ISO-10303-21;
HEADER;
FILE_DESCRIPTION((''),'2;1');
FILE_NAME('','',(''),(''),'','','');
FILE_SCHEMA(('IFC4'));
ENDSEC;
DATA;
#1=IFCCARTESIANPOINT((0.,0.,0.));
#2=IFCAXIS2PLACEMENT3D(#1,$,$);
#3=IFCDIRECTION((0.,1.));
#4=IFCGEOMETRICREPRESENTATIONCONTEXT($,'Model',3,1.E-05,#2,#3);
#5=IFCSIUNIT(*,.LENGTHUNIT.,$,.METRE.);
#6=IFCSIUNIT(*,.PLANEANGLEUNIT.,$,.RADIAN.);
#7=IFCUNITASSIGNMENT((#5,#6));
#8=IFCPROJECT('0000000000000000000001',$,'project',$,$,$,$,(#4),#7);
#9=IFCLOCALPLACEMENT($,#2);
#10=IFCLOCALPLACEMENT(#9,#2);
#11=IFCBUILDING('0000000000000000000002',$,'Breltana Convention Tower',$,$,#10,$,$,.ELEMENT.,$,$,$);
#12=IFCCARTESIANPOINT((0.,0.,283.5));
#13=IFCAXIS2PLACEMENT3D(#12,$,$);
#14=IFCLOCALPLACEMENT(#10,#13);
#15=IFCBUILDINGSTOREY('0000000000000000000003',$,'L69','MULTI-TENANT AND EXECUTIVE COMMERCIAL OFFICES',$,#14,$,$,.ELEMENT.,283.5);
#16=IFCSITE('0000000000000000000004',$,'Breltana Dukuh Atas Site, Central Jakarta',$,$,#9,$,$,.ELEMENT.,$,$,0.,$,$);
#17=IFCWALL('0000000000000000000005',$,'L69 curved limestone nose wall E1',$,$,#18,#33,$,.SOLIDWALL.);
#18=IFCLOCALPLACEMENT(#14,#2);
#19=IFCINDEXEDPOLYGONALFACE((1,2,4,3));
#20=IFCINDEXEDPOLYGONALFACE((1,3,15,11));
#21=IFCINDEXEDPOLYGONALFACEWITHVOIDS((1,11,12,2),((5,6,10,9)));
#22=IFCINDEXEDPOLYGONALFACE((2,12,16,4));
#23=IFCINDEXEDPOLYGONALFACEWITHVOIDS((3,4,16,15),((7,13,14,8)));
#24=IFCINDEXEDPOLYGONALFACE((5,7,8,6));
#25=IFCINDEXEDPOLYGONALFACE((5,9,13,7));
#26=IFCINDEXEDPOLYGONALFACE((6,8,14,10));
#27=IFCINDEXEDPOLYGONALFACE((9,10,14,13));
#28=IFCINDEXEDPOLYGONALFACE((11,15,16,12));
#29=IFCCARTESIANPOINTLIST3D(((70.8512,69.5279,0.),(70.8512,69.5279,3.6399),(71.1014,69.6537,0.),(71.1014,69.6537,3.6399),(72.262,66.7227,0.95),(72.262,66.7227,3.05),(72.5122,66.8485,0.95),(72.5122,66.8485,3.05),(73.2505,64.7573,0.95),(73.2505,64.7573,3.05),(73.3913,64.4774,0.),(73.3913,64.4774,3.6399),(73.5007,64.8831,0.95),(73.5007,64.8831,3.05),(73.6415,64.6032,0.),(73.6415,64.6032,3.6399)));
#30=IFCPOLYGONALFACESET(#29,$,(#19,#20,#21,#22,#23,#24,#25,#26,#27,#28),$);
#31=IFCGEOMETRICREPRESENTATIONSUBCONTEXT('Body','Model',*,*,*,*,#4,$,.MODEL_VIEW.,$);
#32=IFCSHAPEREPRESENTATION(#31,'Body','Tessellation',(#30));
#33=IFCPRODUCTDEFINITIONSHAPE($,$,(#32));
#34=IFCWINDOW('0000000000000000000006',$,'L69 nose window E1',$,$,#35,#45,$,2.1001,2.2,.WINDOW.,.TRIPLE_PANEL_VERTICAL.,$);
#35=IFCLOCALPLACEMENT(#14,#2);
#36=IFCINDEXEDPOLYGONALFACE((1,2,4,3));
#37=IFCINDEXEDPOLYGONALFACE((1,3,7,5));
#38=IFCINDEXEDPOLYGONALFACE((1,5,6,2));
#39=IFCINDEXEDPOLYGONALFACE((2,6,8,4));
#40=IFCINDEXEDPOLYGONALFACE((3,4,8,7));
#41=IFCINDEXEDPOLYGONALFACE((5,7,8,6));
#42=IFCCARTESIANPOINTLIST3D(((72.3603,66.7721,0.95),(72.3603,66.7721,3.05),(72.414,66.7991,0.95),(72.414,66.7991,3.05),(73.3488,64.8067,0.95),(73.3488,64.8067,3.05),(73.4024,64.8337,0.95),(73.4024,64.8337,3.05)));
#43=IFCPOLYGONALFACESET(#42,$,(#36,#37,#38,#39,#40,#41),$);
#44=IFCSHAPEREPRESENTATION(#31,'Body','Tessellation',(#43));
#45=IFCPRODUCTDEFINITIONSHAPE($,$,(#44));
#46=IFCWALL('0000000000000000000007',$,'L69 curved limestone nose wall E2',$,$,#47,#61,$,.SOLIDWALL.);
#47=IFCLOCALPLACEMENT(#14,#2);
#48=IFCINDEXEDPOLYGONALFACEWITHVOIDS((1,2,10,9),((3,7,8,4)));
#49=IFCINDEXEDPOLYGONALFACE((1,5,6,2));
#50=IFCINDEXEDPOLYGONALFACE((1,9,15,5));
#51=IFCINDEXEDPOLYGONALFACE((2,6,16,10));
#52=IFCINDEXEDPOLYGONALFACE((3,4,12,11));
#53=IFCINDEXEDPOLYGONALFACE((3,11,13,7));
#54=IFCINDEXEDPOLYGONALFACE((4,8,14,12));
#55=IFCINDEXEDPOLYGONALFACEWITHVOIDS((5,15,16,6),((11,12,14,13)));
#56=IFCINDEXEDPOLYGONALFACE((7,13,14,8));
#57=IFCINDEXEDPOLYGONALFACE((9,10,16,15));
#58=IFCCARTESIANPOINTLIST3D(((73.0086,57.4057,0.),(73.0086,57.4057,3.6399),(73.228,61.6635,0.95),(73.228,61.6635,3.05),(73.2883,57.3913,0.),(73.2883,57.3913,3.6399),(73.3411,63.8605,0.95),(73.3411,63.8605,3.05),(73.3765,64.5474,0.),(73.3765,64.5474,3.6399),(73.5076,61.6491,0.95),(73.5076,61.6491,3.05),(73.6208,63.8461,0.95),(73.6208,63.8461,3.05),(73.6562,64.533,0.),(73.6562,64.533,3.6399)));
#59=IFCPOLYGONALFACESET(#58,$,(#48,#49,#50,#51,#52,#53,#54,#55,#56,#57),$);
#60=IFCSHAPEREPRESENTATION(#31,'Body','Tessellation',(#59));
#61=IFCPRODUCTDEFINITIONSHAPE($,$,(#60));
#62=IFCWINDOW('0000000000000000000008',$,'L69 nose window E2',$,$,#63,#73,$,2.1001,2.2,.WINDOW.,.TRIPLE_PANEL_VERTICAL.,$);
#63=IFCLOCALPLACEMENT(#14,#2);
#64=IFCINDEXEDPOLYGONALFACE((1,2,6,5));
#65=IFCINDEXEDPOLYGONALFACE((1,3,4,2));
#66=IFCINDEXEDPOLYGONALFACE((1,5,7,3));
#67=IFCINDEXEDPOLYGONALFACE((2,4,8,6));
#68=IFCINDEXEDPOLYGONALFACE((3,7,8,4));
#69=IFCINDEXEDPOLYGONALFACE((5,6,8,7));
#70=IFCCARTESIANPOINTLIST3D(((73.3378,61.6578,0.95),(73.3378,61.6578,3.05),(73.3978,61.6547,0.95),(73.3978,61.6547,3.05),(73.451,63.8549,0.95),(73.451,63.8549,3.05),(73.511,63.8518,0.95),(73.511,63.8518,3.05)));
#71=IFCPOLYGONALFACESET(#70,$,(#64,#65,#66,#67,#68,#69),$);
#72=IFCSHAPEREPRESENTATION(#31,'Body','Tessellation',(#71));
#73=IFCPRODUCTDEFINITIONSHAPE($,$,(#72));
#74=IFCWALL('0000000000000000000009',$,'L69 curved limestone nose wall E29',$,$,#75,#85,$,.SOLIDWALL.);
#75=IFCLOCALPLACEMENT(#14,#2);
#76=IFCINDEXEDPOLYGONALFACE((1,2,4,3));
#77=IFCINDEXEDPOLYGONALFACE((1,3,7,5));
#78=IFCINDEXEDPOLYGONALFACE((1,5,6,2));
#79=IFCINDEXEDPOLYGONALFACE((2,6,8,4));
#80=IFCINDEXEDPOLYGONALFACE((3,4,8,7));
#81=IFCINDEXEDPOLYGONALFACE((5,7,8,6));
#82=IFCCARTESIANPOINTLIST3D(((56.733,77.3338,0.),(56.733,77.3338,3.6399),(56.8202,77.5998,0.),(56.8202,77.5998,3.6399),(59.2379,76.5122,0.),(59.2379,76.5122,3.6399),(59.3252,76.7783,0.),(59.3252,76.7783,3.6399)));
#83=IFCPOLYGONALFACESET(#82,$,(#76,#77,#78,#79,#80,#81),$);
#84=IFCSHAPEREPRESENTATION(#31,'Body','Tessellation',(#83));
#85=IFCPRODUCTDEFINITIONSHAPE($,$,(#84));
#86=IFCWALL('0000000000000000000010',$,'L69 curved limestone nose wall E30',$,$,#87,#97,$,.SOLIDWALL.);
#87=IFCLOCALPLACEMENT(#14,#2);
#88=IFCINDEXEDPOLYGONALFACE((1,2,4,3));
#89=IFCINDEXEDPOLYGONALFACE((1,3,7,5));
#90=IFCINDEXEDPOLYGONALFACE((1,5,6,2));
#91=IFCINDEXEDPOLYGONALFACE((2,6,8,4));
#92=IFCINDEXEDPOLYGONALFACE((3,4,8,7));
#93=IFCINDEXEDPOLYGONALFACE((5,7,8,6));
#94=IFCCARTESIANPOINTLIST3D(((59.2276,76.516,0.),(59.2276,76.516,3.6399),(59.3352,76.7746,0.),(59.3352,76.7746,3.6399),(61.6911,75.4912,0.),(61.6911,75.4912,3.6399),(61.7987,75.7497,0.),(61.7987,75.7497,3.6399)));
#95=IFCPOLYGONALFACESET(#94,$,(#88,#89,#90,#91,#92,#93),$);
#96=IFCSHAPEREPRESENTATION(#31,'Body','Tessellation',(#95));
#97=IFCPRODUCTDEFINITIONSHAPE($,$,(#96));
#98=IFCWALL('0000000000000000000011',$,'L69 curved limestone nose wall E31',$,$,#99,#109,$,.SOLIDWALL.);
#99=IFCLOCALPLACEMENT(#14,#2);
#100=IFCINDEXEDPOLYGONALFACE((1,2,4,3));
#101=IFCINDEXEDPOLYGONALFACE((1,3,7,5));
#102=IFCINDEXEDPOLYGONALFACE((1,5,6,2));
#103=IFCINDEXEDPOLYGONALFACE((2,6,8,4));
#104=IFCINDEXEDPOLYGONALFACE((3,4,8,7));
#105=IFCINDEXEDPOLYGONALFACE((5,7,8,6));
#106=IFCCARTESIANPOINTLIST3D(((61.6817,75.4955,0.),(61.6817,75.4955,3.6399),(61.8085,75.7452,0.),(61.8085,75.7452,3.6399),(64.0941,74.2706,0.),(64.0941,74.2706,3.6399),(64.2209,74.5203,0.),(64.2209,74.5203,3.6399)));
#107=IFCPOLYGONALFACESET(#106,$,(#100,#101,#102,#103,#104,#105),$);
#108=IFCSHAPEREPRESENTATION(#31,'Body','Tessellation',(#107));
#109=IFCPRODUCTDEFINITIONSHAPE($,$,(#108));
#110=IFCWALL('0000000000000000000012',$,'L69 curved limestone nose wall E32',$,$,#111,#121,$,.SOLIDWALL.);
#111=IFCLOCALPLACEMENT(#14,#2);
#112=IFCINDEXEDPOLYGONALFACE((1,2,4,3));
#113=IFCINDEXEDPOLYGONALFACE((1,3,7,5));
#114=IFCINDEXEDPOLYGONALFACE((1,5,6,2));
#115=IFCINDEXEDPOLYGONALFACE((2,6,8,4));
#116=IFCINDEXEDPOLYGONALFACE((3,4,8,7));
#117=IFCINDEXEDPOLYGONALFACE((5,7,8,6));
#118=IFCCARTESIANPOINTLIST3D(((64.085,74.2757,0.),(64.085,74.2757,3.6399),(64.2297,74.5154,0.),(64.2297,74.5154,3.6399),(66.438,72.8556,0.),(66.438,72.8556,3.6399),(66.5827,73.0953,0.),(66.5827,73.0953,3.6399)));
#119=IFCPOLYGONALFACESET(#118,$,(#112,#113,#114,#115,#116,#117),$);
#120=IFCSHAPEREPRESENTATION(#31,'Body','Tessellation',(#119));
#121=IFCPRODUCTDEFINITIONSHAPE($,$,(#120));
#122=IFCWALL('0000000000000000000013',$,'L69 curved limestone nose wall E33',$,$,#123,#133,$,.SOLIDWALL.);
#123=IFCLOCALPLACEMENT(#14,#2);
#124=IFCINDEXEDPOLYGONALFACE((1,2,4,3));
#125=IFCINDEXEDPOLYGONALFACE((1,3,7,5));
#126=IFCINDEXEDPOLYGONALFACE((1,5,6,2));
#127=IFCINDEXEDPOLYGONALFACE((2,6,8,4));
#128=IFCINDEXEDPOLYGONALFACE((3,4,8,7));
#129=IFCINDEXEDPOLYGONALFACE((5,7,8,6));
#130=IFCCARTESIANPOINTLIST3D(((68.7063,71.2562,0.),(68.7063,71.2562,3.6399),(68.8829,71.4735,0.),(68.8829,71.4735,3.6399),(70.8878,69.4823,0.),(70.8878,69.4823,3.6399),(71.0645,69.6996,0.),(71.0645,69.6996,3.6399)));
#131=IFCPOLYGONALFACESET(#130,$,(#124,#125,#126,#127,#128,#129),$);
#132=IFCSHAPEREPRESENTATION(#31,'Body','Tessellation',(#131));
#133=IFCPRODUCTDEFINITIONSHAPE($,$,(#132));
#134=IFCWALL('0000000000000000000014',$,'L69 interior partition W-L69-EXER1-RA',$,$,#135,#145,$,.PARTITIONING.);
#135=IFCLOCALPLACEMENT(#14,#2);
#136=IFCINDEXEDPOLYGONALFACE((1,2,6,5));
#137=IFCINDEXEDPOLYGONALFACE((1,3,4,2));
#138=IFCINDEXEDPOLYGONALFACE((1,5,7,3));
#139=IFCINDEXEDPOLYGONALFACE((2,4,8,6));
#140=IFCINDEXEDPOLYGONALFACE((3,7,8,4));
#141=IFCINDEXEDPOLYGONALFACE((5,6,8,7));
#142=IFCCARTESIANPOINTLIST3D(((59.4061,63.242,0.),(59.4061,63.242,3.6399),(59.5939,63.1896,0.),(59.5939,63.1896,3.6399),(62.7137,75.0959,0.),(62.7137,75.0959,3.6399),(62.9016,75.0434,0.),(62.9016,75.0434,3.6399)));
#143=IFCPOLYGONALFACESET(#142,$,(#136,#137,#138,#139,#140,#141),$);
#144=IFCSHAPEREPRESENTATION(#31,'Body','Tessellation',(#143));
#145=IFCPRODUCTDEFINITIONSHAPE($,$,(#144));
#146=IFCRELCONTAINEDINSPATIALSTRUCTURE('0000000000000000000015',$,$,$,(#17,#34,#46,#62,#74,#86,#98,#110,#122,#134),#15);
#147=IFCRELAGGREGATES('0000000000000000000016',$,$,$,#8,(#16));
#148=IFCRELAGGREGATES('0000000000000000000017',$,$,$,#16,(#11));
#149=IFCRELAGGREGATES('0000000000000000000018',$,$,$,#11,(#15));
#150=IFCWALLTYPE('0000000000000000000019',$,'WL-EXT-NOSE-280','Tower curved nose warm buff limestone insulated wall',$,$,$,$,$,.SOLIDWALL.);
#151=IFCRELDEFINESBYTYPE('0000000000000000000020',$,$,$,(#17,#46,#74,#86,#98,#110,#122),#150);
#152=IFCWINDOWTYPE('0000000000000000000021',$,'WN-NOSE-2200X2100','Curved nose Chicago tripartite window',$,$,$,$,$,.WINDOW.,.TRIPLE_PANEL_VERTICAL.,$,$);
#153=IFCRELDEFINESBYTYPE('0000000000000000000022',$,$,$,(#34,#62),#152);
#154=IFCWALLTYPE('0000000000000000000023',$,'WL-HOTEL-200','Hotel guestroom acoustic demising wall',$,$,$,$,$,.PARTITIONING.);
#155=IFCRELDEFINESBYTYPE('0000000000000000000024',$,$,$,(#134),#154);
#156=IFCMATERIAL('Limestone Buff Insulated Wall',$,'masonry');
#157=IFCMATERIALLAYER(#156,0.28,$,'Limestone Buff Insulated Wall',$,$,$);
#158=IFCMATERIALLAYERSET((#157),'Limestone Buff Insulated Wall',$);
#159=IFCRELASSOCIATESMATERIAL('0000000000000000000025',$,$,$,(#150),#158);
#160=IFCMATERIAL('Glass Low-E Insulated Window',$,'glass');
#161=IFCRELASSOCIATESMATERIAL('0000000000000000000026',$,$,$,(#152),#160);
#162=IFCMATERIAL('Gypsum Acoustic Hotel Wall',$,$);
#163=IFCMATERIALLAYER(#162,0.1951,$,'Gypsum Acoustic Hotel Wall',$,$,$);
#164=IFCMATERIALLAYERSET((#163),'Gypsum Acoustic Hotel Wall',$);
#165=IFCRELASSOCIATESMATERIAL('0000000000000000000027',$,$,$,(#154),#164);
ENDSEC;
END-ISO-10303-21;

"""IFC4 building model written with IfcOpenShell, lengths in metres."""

from ifc_helpers import new_model, si_unit, direction, frame, frame_2d, origin, place, context, subcontext, project, spatial, rectangle, extrude, source, transform, mapped, material, layer, layer_set, type_object, type_shapes, element, fill, save


model = new_model("IFC4")

# Units and contexts
model_context = context("Model", 3, precision=1e-05, world=origin(), true_north=direction((0.0, 1.0)))
body_context = subcontext(model_context, "Body", "Model", "MODEL_VIEW")
ifc_project = project(units=[si_unit("LENGTHUNIT", "METRE"), si_unit("PLANEANGLEUNIT", "RADIAN")], contexts=[model_context])

# Site, building, storey
site_placement = place(None, origin())
site = spatial("IfcSite", under=ifc_project, at=site_placement, Name="Breltana Dukuh Atas Site, Central Jakarta", CompositionType="ELEMENT", RefElevation=0.0)
building_placement = place(site_placement, origin())
building = spatial("IfcBuilding", under=site, at=building_placement, Name="Breltana Convention Tower", CompositionType="ELEMENT")
storey_placement = place(building_placement, frame((0.0, 0.0, 283.5)))
storey = spatial("IfcBuildingStorey", under=building, at=storey_placement, Name="L69", Description="MULTI-TENANT AND EXECUTIVE COMMERCIAL OFFICES", CompositionType="ELEMENT", Elevation=283.5)

# Walls, openings, windows
ifc_material_1 = material(Name="Limestone Buff Insulated Wall", Category="masonry")
ifc_layer_1 = layer(ifc_material_1, 0.28, Name="Limestone Buff Insulated Wall")
ifc_layer_set_1 = layer_set([ifc_layer_1], Name="Limestone Buff Insulated Wall")
wall_type_1 = type_object("IfcWallType", Name="WL-EXT-NOSE-280", Description="Tower curved nose warm buff limestone insulated wall", PredefinedType="SOLIDWALL", material=ifc_layer_set_1)
shared_shape_1 = source(origin(), body_context, "Body", "SweptSolid", [
    extrude(rectangle(XDim=5.6533, YDim=0.28, at=frame_2d((2.8267, 0.0))), origin(), (0.0, 0.0, 1.0), 3.6399),
])
wall_1_placement = place(storey_placement, frame((70.9763, 69.5908, 0.0), z_axis=(0.0, 0.0, 1.0), x_axis=(0.449303, -0.89338, 0.0)))
wall_1 = element("IfcWall", 1, at=wall_1_placement, inside=storey, type_object=wall_type_1, Name="L69 curved limestone nose wall E1", PredefinedType="SOLIDWALL", context=body_context, shape_type="MappedRepresentation", body=[
    mapped(shared_shape_1, transform((0.0, 0.0, 0.0), scale=1.0)),
])
opening_1_placement = place(wall_1_placement, frame((3.1399, 0.0, 0.95)))
opening_1 = element("IfcOpeningElement", 2, at=opening_1_placement, cuts=wall_1, PredefinedType="OPENING", context=body_context, shape_type="SweptSolid", body=[
    extrude(rectangle(XDim=2.2, YDim=2.1001, at=frame_2d((1.1001, 1.05))), frame((0.0, 0.1499, 0.0), z_axis=(0.0, -1.0, 0.0), x_axis=(1.0, 0.0, 0.0)), (0.0, 0.0, 1.0), 0.3),
])
ifc_material_2 = material(Name="Glass Low-E Insulated Window", Category="glass")
window_type = type_object("IfcWindowType", Name="WN-NOSE-2200X2100", Description="Curved nose Chicago tripartite window", PartitioningType="TRIPLE_PANEL_VERTICAL", PredefinedType="WINDOW", material=ifc_material_2)
shared_shape_2 = source(origin(), body_context, "Body", "SweptSolid", [
    extrude(rectangle(XDim=2.2, YDim=2.1001, at=frame_2d((1.1001, 1.05))), frame((0.0, 0.03, 0.0), z_axis=(0.0, -1.0, 0.0), x_axis=(1.0, 0.0, 0.0)), (0.0, 0.0, 1.0), 0.0601),
])
type_shapes(window_type, [shared_shape_2])
window_1_placement = place(opening_1_placement, origin())
window_1 = element("IfcWindow", 3, at=window_1_placement, inside=storey, type_object=window_type, Name="L69 nose window E1", OverallHeight=2.1001, OverallWidth=2.2, PartitioningType="TRIPLE_PANEL_VERTICAL", PredefinedType="WINDOW", context=body_context, shape_type="MappedRepresentation", body=[
    mapped(shared_shape_2, transform((0.0, 0.0, 0.0), scale=1.0)),
])
fill(opening_1, window_1)
shared_shape_3 = source(origin(), body_context, "Body", "SweptSolid", [
    extrude(rectangle(XDim=7.1511, YDim=0.28, at=frame_2d((3.5757, 0.0))), origin(), (0.0, 0.0, 1.0), 3.6399),
])
wall_2_placement = place(storey_placement, frame((73.5164, 64.5403, 0.0), z_axis=(0.0, 0.0, 1.0), x_axis=(-0.05145, -0.998676, 0.0)))
wall_2 = element("IfcWall", 4, at=wall_2_placement, inside=storey, type_object=wall_type_1, Name="L69 curved limestone nose wall E2", PredefinedType="SOLIDWALL", context=body_context, shape_type="MappedRepresentation", body=[
    mapped(shared_shape_3, transform((0.0, 0.0, 0.0), scale=1.0)),
])
opening_2_placement = place(wall_2_placement, frame((0.6877, 0.0, 0.95)))
opening_2 = element("IfcOpeningElement", 5, at=opening_2_placement, cuts=wall_2, PredefinedType="OPENING", context=body_context, shape_type="SweptSolid", body=[
    extrude(rectangle(XDim=2.2, YDim=2.1001, at=frame_2d((1.1001, 1.05))), frame((0.0, 0.1499, 0.0), z_axis=(0.0, -1.0, 0.0), x_axis=(1.0, 0.0, 0.0)), (0.0, 0.0, 1.0), 0.3),
])
window_2_placement = place(opening_2_placement, origin())
window_2 = element("IfcWindow", 6, at=window_2_placement, inside=storey, type_object=window_type, Name="L69 nose window E2", OverallHeight=2.1001, OverallWidth=2.2, PartitioningType="TRIPLE_PANEL_VERTICAL", PredefinedType="WINDOW", context=body_context, shape_type="MappedRepresentation", body=[
    mapped(shared_shape_2, transform((0.0, 0.0, 0.0), scale=1.0)),
])
fill(opening_2, window_2)

# Walls
shared_shape_4 = source(origin(), body_context, "Body", "SweptSolid", [
    extrude(rectangle(XDim=2.6362, YDim=0.28, at=frame_2d((1.3181, 0.0))), origin(), (0.0, 0.0, 1.0), 3.6399),
])
wall_3_placement = place(storey_placement, frame((56.7766, 77.4668, 0.0), z_axis=(0.0, 0.0, 1.0), x_axis=(0.9502, -0.31164, 0.0)))
element("IfcWall", 7, at=wall_3_placement, inside=storey, type_object=wall_type_1, Name="L69 curved limestone nose wall E29", PredefinedType="SOLIDWALL", context=body_context, shape_type="MappedRepresentation", body=[
    mapped(shared_shape_4, transform((0.0, 0.0, 0.0), scale=1.0)),
])
shared_shape_5 = source(origin(), body_context, "Body", "SweptSolid", [
    extrude(rectangle(XDim=2.6682, YDim=0.28, at=frame_2d((1.334, 0.0))), origin(), (0.0, 0.0, 1.0), 3.6399),
])
wall_4_placement = place(storey_placement, frame((59.2815, 76.6453, 0.0), z_axis=(0.0, 0.0, 1.0), x_axis=(0.923291, -0.384102, 0.0)))
element("IfcWall", 8, at=wall_4_placement, inside=storey, type_object=wall_type_1, Name="L69 curved limestone nose wall E30", PredefinedType="SOLIDWALL", context=body_context, shape_type="MappedRepresentation", body=[
    mapped(shared_shape_5, transform((0.0, 0.0, 0.0), scale=1.0)),
])
shared_shape_6 = source(origin(), body_context, "Body", "SweptSolid", [
    extrude(rectangle(XDim=2.7056, YDim=0.28, at=frame_2d((1.3528, 0.0))), origin(), (0.0, 0.0, 1.0), 3.6399),
])
wall_5_placement = place(storey_placement, frame((61.7451, 75.6204, 0.0), z_axis=(0.0, 0.0, 1.0), x_axis=(0.891649, -0.452728, 0.0)))
element("IfcWall", 9, at=wall_5_placement, inside=storey, type_object=wall_type_1, Name="L69 curved limestone nose wall E31", PredefinedType="SOLIDWALL", context=body_context, shape_type="MappedRepresentation", body=[
    mapped(shared_shape_6, transform((0.0, 0.0, 0.0), scale=1.0)),
])
shared_shape_7 = source(origin(), body_context, "Body", "SweptSolid", [
    extrude(rectangle(XDim=2.7483, YDim=0.28, at=frame_2d((1.374, 0.0))), origin(), (0.0, 0.0, 1.0), 3.6399),
])
wall_6_placement = place(storey_placement, frame((64.1575, 74.3955, 0.0), z_axis=(0.0, 0.0, 1.0), x_axis=(0.85615, -0.516728, 0.0)))
element("IfcWall", 10, at=wall_6_placement, inside=storey, type_object=wall_type_1, Name="L69 curved limestone nose wall E32", PredefinedType="SOLIDWALL", context=body_context, shape_type="MappedRepresentation", body=[
    mapped(shared_shape_7, transform((0.0, 0.0, 0.0), scale=1.0)),
])
shared_shape_8 = source(origin(), body_context, "Body", "SweptSolid", [
    extrude(rectangle(XDim=2.8118, YDim=0.28, at=frame_2d((1.4058, 0.0))), origin(), (0.0, 0.0, 1.0), 3.6399),
])
wall_7_placement = place(storey_placement, frame((68.7947, 71.3647, 0.0), z_axis=(0.0, 0.0, 1.0), x_axis=(0.77588, -0.63088, 0.0)))
element("IfcWall", 11, at=wall_7_placement, inside=storey, type_object=wall_type_1, Name="L69 curved limestone nose wall E33", PredefinedType="SOLIDWALL", context=body_context, shape_type="MappedRepresentation", body=[
    mapped(shared_shape_8, transform((0.0, 0.0, 0.0), scale=1.0)),
])
ifc_material_3 = material(Name="Gypsum Acoustic Hotel Wall")
ifc_layer_2 = layer(ifc_material_3, 0.1951, Name="Gypsum Acoustic Hotel Wall")
ifc_layer_set_2 = layer_set([ifc_layer_2], Name="Gypsum Acoustic Hotel Wall")
wall_type_2 = type_object("IfcWallType", Name="WL-HOTEL-200", Description="Hotel guestroom acoustic demising wall", PredefinedType="PARTITIONING", material=ifc_layer_set_2)
shared_shape_9 = source(origin(), body_context, "Body", "SweptSolid", [
    extrude(rectangle(XDim=12.3066, YDim=0.1951, at=frame_2d((6.1533, 0.0))), origin(), (0.0, 0.0, 1.0), 3.6399),
])
wall_8_placement = place(storey_placement, frame((59.5, 63.2158, 0.0), z_axis=(0.0, 0.0, 1.0), x_axis=(0.268768, 0.963205, 0.0)))
element("IfcWall", 12, at=wall_8_placement, inside=storey, type_object=wall_type_2, Name="L69 interior partition W-L69-EXER1-RA", PredefinedType="PARTITIONING", context=body_context, shape_type="MappedRepresentation", body=[
    mapped(shared_shape_9, transform((0.0, 0.0, 0.0), scale=1.0)),
])

save(model, "model.ifc")
